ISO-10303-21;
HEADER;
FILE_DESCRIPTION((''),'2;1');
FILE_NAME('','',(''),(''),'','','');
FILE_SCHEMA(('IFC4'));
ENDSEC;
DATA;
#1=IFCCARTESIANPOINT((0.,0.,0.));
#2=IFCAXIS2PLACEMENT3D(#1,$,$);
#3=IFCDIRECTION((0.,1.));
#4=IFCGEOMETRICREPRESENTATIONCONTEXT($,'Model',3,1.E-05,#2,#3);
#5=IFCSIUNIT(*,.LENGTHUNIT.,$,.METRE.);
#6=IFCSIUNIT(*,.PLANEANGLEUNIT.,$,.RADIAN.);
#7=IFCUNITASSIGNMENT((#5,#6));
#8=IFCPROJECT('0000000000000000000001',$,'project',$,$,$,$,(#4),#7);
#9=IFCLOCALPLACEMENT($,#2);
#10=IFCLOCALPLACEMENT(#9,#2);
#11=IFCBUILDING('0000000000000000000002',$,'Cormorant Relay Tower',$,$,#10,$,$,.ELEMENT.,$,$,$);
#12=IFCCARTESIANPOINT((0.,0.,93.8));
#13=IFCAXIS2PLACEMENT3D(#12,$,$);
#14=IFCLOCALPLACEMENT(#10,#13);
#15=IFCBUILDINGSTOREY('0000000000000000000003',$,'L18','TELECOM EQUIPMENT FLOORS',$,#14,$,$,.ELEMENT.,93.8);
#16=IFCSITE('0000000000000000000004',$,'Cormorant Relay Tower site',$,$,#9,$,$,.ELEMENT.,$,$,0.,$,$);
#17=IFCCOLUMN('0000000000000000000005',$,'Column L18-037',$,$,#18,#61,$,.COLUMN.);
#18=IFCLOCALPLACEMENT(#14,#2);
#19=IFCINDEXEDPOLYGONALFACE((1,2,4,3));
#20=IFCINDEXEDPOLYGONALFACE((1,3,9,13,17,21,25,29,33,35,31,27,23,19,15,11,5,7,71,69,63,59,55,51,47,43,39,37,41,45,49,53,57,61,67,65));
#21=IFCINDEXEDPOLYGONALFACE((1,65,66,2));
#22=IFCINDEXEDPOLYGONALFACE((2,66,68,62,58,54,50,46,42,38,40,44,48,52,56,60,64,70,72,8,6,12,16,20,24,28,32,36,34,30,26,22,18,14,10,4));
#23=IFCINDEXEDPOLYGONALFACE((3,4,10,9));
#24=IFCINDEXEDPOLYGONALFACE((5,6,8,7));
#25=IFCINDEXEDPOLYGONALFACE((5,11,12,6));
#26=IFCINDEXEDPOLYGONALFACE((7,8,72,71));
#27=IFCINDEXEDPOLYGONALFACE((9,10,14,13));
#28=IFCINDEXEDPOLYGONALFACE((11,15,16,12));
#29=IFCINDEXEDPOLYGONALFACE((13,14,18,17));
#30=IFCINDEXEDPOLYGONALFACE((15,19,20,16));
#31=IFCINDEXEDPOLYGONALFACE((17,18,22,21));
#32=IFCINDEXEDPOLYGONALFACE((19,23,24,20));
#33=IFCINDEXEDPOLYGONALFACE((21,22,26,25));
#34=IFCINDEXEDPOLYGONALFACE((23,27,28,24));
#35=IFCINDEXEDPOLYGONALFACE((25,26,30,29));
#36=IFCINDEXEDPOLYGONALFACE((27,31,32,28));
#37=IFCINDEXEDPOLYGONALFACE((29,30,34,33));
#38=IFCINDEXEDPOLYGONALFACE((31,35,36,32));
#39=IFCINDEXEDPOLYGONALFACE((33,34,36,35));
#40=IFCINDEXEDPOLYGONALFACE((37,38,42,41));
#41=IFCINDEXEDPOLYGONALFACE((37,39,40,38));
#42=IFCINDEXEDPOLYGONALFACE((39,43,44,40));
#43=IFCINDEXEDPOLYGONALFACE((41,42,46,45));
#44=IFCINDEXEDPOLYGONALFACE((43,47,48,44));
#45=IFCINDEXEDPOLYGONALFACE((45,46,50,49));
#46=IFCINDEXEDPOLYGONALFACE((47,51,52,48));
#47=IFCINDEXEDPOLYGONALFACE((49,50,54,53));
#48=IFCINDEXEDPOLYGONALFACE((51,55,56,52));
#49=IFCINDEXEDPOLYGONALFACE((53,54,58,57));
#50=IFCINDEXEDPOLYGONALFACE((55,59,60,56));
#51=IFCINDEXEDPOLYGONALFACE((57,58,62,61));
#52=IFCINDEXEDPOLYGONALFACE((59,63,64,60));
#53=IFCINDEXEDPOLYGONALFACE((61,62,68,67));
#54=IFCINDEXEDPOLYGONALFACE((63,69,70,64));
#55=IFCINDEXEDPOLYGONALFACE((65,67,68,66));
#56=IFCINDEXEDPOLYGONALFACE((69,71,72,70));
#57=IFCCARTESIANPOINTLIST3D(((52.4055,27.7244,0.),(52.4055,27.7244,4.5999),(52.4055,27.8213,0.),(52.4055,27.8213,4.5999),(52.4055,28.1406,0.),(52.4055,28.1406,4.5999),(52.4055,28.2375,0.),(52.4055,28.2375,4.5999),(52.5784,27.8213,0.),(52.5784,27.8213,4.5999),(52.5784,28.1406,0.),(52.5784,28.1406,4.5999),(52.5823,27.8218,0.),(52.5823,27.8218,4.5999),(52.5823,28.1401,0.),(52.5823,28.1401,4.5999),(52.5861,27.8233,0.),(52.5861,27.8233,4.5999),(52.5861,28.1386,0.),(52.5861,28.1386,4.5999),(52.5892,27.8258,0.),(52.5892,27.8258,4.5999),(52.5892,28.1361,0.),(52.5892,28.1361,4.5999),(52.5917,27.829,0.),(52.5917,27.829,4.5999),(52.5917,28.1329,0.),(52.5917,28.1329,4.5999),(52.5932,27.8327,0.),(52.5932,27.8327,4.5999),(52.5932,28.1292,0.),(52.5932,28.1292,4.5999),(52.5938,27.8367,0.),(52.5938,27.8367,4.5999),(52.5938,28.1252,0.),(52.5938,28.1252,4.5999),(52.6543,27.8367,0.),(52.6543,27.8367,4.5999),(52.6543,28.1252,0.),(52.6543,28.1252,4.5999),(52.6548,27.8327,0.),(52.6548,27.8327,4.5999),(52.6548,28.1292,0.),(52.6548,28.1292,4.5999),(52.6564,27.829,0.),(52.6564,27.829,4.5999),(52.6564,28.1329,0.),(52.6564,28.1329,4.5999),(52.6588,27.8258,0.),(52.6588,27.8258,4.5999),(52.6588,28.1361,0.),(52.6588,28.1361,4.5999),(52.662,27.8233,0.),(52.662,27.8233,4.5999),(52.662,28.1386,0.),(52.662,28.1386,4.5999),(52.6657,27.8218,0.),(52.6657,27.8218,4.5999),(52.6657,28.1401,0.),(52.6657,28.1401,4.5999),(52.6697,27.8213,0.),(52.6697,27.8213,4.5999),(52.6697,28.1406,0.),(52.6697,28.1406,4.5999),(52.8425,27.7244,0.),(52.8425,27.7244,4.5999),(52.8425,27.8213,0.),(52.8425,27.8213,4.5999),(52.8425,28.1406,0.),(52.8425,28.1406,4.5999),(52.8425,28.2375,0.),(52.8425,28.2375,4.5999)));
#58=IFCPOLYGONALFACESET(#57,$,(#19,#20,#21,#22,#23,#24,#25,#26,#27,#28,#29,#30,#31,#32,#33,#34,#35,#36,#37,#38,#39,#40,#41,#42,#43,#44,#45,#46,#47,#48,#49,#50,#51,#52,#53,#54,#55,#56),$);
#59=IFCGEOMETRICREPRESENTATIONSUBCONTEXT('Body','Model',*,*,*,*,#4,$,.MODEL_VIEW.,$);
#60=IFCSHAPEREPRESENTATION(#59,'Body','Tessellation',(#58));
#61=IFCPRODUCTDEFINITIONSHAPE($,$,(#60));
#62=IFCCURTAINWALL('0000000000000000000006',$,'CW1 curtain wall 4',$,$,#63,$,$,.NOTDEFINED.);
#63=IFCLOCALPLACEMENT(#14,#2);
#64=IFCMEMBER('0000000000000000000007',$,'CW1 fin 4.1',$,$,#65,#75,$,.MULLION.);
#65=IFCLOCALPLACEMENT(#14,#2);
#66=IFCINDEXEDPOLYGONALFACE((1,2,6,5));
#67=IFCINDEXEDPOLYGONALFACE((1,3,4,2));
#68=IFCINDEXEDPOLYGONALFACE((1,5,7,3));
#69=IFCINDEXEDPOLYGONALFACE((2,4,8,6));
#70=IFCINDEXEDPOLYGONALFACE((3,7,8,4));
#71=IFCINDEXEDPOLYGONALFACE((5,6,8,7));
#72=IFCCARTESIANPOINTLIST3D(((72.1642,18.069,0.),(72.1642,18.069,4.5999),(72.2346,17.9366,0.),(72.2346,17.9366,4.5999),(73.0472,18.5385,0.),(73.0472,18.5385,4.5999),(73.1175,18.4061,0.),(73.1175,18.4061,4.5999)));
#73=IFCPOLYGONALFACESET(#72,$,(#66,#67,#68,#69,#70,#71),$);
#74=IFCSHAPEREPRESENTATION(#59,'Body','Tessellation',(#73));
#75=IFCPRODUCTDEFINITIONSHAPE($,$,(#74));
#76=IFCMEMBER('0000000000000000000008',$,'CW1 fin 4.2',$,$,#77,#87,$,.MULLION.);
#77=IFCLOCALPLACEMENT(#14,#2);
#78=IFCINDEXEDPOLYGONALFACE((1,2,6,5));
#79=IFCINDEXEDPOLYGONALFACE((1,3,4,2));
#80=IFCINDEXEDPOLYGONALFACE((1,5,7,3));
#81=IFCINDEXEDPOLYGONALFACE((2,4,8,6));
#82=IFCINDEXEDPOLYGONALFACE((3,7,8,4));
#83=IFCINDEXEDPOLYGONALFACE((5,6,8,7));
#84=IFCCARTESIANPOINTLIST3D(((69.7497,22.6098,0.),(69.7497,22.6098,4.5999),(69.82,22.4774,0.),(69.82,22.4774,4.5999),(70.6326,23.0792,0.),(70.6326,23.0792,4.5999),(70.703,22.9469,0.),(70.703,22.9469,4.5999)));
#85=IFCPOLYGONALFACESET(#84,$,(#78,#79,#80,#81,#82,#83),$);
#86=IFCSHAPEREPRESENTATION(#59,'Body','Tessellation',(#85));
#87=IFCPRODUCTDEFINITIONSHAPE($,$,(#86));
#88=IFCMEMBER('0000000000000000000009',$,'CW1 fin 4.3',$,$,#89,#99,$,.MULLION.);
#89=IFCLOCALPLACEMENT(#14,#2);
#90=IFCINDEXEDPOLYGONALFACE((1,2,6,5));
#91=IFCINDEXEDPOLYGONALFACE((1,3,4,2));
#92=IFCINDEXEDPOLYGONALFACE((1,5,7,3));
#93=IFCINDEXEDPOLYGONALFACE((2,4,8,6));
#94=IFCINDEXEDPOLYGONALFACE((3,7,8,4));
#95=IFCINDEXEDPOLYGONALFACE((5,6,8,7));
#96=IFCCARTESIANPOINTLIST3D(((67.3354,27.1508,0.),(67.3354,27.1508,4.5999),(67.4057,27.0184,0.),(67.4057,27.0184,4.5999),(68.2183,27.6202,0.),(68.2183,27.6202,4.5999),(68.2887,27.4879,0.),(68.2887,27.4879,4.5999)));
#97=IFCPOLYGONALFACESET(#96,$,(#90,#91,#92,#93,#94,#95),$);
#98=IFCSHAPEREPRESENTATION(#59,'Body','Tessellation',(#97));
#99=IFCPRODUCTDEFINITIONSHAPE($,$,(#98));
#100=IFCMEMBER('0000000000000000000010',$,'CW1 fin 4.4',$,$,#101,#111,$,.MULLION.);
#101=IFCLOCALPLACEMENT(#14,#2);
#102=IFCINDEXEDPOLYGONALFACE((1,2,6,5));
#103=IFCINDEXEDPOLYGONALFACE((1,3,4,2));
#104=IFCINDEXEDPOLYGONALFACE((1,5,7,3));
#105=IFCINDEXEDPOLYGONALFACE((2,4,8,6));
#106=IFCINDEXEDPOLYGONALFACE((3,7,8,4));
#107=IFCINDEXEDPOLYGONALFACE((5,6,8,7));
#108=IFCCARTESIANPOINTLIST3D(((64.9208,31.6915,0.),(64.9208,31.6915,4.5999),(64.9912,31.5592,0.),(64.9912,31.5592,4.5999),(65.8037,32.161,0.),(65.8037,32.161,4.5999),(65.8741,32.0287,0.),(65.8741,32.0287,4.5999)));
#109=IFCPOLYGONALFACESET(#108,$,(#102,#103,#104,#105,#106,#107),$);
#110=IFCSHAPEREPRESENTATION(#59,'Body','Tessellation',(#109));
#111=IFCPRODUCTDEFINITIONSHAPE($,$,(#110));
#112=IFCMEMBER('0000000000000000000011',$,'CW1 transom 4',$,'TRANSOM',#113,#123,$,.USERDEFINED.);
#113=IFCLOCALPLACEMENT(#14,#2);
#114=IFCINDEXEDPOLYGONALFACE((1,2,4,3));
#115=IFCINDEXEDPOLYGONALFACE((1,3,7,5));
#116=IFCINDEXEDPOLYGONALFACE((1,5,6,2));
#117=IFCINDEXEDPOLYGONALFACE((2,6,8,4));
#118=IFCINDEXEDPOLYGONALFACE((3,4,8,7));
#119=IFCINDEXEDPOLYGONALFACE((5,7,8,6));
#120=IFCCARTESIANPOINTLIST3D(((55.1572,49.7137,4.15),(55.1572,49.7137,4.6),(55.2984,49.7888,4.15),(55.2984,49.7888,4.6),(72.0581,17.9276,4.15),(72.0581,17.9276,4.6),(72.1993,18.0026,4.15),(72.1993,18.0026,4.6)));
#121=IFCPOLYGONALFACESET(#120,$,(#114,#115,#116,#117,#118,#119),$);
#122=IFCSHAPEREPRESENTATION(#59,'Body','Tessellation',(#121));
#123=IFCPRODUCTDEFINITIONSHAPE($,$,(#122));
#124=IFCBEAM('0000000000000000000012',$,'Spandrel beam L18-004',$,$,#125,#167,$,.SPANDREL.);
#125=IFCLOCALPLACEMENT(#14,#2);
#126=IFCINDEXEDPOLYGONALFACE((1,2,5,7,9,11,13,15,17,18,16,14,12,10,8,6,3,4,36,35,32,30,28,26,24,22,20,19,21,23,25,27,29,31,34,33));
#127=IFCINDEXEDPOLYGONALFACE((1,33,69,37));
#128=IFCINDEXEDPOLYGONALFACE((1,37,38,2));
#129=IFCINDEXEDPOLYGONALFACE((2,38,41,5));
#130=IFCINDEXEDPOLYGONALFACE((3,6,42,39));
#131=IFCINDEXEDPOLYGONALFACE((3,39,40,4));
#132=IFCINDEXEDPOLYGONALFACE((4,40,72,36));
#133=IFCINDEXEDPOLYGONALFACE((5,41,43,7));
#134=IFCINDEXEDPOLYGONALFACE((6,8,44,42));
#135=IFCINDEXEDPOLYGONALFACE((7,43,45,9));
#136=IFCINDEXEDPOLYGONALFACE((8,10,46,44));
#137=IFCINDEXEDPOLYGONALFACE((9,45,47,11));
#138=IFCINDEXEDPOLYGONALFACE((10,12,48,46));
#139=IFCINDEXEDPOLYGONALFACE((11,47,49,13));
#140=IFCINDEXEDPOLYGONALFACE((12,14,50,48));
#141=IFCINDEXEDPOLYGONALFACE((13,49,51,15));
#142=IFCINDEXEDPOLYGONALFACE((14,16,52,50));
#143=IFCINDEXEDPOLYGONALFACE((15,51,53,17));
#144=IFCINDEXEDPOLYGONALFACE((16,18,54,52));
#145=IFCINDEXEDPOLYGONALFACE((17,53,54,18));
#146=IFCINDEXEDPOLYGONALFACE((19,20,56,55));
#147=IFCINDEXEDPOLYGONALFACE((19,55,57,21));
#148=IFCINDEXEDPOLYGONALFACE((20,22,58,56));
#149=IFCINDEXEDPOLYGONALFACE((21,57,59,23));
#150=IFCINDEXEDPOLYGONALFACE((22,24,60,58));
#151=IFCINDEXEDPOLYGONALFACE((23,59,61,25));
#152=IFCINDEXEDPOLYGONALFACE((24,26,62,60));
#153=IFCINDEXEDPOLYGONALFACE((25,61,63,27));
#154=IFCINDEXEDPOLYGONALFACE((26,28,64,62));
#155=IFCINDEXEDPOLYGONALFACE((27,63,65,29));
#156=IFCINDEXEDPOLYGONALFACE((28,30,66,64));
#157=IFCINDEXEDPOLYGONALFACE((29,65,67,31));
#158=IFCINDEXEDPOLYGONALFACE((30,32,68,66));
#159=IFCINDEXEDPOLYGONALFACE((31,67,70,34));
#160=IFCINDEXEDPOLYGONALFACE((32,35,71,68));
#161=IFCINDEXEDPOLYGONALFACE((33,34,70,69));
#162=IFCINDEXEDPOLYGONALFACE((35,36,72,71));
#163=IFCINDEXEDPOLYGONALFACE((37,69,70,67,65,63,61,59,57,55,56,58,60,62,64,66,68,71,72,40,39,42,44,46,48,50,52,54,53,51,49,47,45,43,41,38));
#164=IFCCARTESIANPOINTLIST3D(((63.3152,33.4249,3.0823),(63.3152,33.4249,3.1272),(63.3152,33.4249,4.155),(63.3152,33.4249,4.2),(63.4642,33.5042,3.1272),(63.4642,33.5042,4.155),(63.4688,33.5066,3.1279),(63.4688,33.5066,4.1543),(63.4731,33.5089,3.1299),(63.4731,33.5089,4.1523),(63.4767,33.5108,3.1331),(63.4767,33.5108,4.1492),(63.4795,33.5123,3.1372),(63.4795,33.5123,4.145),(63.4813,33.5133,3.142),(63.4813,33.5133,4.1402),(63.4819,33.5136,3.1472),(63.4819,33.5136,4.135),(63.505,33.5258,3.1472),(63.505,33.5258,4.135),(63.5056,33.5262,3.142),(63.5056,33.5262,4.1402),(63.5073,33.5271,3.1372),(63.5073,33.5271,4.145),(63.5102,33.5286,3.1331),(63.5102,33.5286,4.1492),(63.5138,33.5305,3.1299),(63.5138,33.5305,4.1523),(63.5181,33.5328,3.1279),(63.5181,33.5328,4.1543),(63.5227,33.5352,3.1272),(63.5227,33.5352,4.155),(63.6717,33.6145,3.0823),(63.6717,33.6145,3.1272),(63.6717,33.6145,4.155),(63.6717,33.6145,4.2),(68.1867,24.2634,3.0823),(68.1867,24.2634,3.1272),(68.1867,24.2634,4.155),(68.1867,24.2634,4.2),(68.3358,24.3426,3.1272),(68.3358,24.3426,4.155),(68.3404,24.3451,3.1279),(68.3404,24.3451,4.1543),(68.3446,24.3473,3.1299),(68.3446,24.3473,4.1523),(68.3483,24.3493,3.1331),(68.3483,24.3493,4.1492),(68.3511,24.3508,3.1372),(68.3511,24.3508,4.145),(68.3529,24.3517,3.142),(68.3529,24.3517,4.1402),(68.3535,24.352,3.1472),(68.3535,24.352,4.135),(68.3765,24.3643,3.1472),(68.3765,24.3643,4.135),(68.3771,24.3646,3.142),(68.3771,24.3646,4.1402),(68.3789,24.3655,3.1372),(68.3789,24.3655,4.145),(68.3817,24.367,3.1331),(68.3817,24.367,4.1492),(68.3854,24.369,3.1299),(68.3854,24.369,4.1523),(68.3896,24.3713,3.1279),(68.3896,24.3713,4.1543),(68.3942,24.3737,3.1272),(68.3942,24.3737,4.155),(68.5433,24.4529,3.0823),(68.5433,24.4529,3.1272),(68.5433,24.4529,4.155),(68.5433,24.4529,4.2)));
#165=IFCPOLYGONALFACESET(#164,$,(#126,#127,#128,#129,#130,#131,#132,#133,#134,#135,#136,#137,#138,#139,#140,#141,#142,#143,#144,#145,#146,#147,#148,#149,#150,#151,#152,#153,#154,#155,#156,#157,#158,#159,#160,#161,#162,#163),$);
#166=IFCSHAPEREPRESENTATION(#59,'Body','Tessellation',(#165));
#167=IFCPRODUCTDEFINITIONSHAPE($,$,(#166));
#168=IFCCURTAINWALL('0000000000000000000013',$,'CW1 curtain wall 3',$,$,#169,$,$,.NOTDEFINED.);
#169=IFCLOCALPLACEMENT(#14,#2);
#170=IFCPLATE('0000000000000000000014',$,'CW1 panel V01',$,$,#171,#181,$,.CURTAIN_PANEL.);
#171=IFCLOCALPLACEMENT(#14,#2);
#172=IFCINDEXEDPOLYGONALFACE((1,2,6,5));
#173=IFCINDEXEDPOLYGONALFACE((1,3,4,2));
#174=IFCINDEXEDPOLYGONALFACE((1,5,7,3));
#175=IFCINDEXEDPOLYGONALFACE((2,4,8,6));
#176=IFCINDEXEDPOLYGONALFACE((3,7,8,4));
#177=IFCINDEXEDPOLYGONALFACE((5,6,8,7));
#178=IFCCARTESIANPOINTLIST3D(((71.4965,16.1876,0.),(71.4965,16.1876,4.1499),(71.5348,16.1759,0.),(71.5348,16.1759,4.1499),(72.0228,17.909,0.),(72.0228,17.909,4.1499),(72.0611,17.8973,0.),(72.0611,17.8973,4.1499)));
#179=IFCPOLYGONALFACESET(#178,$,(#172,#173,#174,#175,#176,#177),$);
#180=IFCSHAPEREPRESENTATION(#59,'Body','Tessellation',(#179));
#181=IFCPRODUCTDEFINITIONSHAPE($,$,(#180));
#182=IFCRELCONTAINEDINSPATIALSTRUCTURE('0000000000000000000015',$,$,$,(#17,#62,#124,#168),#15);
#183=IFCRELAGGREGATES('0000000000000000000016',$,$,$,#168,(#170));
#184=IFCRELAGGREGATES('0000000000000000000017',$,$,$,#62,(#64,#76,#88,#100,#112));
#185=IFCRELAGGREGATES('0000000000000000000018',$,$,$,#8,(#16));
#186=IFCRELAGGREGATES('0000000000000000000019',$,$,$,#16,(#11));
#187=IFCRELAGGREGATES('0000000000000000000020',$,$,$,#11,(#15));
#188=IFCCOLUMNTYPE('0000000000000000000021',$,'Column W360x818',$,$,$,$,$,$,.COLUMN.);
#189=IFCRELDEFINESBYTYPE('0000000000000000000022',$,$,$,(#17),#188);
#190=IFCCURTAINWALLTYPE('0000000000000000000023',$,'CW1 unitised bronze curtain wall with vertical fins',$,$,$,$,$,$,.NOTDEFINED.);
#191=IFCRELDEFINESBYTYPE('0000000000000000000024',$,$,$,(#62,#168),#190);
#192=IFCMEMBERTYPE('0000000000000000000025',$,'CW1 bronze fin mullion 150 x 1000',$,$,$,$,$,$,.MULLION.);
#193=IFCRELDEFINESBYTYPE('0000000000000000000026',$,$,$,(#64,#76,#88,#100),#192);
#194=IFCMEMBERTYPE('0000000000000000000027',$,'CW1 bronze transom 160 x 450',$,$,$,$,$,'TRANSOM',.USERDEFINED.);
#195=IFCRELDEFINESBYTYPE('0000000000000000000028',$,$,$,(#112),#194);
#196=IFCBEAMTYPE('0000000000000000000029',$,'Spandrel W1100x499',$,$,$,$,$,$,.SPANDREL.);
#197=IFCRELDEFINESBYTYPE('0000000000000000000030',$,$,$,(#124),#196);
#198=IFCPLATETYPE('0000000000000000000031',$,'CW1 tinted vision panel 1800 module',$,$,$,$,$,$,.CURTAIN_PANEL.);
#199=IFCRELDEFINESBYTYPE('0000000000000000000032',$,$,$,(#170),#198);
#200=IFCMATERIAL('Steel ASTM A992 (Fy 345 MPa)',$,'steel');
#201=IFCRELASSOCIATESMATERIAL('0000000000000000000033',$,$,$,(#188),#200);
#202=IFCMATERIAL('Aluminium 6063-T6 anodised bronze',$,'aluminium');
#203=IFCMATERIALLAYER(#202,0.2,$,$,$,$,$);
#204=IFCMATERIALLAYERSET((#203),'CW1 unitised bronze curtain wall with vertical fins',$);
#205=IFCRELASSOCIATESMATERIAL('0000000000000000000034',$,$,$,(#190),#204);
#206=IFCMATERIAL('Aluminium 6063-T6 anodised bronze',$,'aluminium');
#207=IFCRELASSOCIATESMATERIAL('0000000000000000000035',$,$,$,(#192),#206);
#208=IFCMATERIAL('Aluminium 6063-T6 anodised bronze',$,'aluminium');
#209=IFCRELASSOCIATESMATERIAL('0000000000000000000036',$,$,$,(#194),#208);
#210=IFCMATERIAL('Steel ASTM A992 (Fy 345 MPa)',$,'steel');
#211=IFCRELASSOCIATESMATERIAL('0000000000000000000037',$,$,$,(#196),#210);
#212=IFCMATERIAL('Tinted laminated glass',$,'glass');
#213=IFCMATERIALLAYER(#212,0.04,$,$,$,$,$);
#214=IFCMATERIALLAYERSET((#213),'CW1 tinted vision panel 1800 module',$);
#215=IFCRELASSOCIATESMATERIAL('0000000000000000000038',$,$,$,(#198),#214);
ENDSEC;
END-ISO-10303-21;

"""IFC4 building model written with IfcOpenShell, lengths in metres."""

from ifc_helpers import new_model, si_unit, direction, frame, origin, origin_2d, place, context, subcontext, project, spatial, rectangle, i_section, extrude, material, layer, layer_set, material_profile, profile_set, type_object, element, aggregate, save


model = new_model("IFC4")

# Units and contexts
model_context = context("Model", 3, precision=1e-05, world=origin(), true_north=direction((0.0, 1.0)))
body_context = subcontext(model_context, "Body", "Model", "MODEL_VIEW")
ifc_project = project(units=[si_unit("LENGTHUNIT", "METRE"), si_unit("PLANEANGLEUNIT", "RADIAN")], contexts=[model_context])

# Site, building, storey
site_placement = place(None, origin())
site = spatial("IfcSite", under=ifc_project, at=site_placement, Name="Cormorant Relay Tower site", CompositionType="ELEMENT", RefElevation=0.0)
building_placement = place(site_placement, origin())
building = spatial("IfcBuilding", under=site, at=building_placement, Name="Cormorant Relay Tower", CompositionType="ELEMENT")
storey_placement = place(building_placement, frame((0.0, 0.0, 93.8)))
storey = spatial("IfcBuildingStorey", under=building, at=storey_placement, Name="L18", Description="TELECOM EQUIPMENT FLOORS", CompositionType="ELEMENT", Elevation=93.8)

# Column
ifc_material_1 = material(Name="Steel ASTM A992 (Fy 345 MPa)", Category="steel")
ifc_material_profile_1 = material_profile(ifc_material_1, i_section(OverallWidth=0.437, OverallDepth=0.5132, WebThickness=0.0605, FlangeThickness=0.0969, FilletRadius=0.0154, at=origin_2d()), Name="W360x818")
ifc_profile_set_1 = profile_set([ifc_material_profile_1], Name="Steel ASTM A992 (Fy 345 MPa)")
column_type_1 = type_object("IfcColumnType", Name="Column W360x818", PredefinedType="COLUMN", material=ifc_profile_set_1)
for number, where, z_axis, x_axis, name in (
    (1, (52.624, 27.981, 0.0), (0.0, 0.0, 1.0), (1.0, 0.0, 0.0), "Column L18-037"),
):
    element("IfcColumn", number, at=place(storey_placement, frame(where, z_axis=z_axis, x_axis=x_axis)), inside=storey, type_object=column_type_1, Name=name, PredefinedType="COLUMN", context=body_context, shape_type="SweptSolid", body=[
        extrude(i_section(OverallWidth=0.437, OverallDepth=0.5132, WebThickness=0.0605, FlangeThickness=0.0969, FilletRadius=0.0154, at=origin_2d()), origin(), (0.0, 0.0, 1.0), 4.5999),
    ])

# Curtain wall, members
ifc_material_2 = material(Name="Aluminium 6063-T6 anodised bronze", Category="aluminium")
ifc_layer_1 = layer(ifc_material_2, 0.2)
ifc_layer_set_1 = layer_set([ifc_layer_1], Name="CW1 unitised bronze curtain wall with vertical fins")
curtain_wall_type = type_object("IfcCurtainWallType", Name="CW1 unitised bronze curtain wall with vertical fins", PredefinedType="NOTDEFINED", material=ifc_layer_set_1)
curtain_wall_1_placement = place(storey_placement, origin())
curtain_wall_1 = element("IfcCurtainWall", 2, at=curtain_wall_1_placement, inside=storey, type_object=curtain_wall_type, Name="CW1 curtain wall 4", PredefinedType="NOTDEFINED")
ifc_material_3 = material(Name="Aluminium 6063-T6 anodised bronze", Category="aluminium")
ifc_material_profile_2 = material_profile(ifc_material_3, rectangle(XDim=0.1499, YDim=1.0, at=origin_2d()), Name="AL 150x1000")
ifc_profile_set_2 = profile_set([ifc_material_profile_2], Name="Aluminium 6063-T6 anodised bronze")
member_type_1 = type_object("IfcMemberType", Name="CW1 bronze fin mullion 150 x 1000", PredefinedType="MULLION", material=ifc_profile_set_2)
member_1_placement = place(storey_placement, frame((72.6409, 18.2375, 0.0), z_axis=(0.0, 0.0, 1.0), x_axis=(-0.469472, 0.882948, 0.0)))
member_1 = element("IfcMember", 3, at=member_1_placement, type_object=member_type_1, Name="CW1 fin 4.1", PredefinedType="MULLION", context=body_context, shape_type="SweptSolid", body=[
    extrude(rectangle(XDim=0.1499, YDim=1.0, at=origin_2d()), origin(), (0.0, 0.0, 1.0), 4.5999),
])
member_2_placement = place(storey_placement, frame((70.2263, 22.7783, 0.0), z_axis=(0.0, 0.0, 1.0), x_axis=(-0.469472, 0.882948, 0.0)))
member_2 = element("IfcMember", 4, at=member_2_placement, type_object=member_type_1, Name="CW1 fin 4.2", PredefinedType="MULLION", context=body_context, shape_type="SweptSolid", body=[
    extrude(rectangle(XDim=0.1499, YDim=1.0, at=origin_2d()), origin(), (0.0, 0.0, 1.0), 4.5999),
])
member_3_placement = place(storey_placement, frame((67.812, 27.3193, 0.0), z_axis=(0.0, 0.0, 1.0), x_axis=(-0.469472, 0.882948, 0.0)))
member_3 = element("IfcMember", 5, at=member_3_placement, type_object=member_type_1, Name="CW1 fin 4.3", PredefinedType="MULLION", context=body_context, shape_type="SweptSolid", body=[
    extrude(rectangle(XDim=0.1499, YDim=1.0, at=origin_2d()), origin(), (0.0, 0.0, 1.0), 4.5999),
])
member_4_placement = place(storey_placement, frame((65.3975, 31.8601, 0.0), z_axis=(0.0, 0.0, 1.0), x_axis=(-0.469472, 0.882948, 0.0)))
member_4 = element("IfcMember", 6, at=member_4_placement, type_object=member_type_1, Name="CW1 fin 4.4", PredefinedType="MULLION", context=body_context, shape_type="SweptSolid", body=[
    extrude(rectangle(XDim=0.1499, YDim=1.0, at=origin_2d()), origin(), (0.0, 0.0, 1.0), 4.5999),
])
ifc_material_4 = material(Name="Aluminium 6063-T6 anodised bronze", Category="aluminium")
ifc_material_profile_3 = material_profile(ifc_material_4, rectangle(XDim=0.1599, YDim=0.45, at=origin_2d()), Name="AL 160x450")
ifc_profile_set_3 = profile_set([ifc_material_profile_3], Name="Aluminium 6063-T6 anodised bronze")
member_type_2 = type_object("IfcMemberType", Name="CW1 bronze transom 160 x 450", ElementType="TRANSOM", PredefinedType="USERDEFINED", material=ifc_profile_set_3)
member_5_placement = place(storey_placement, frame((72.1287, 17.9651, 4.375), z_axis=(-0.469469, 0.882949, 0.0), x_axis=(-0.882949, -0.469469, 0.0)))
member_5 = element("IfcMember", 7, at=member_5_placement, type_object=member_type_2, Name="CW1 transom 4", ObjectType="TRANSOM", PredefinedType="USERDEFINED", context=body_context, shape_type="SweptSolid", body=[
    extrude(rectangle(XDim=0.1599, YDim=0.45, at=origin_2d()), origin(), (0.0, 0.0, 1.0), 36.0),
])

# Beam
ifc_material_5 = material(Name="Steel ASTM A992 (Fy 345 MPa)", Category="steel")
ifc_material_profile_4 = material_profile(ifc_material_5, i_section(OverallWidth=0.4038, OverallDepth=1.1177, WebThickness=0.0261, FlangeThickness=0.0449, FilletRadius=0.02, at=origin_2d()), Name="W1100x499")
ifc_profile_set_4 = profile_set([ifc_material_profile_4], Name="Steel ASTM A992 (Fy 345 MPa)")
beam_type = type_object("IfcBeamType", Name="Spandrel W1100x499", PredefinedType="SPANDREL", material=ifc_profile_set_4)
beam_placement = place(storey_placement, frame((68.365, 24.3582, 3.6411), z_axis=(-0.469491, 0.882937, 0.0), x_axis=(-0.882937, -0.469491, 0.0)))
element("IfcBeam", 8, at=beam_placement, inside=storey, type_object=beam_type, Name="Spandrel beam L18-004", PredefinedType="SPANDREL", context=body_context, shape_type="SweptSolid", body=[
    extrude(i_section(OverallWidth=0.4038, OverallDepth=1.1177, WebThickness=0.0261, FlangeThickness=0.0449, FilletRadius=0.02, at=origin_2d()), origin(), (0.0, 0.0, 1.0), 10.3762),
])

# Curtain wall, plate
curtain_wall_2_placement = place(storey_placement, origin())
curtain_wall_2 = element("IfcCurtainWall", 9, at=curtain_wall_2_placement, inside=storey, type_object=curtain_wall_type, Name="CW1 curtain wall 3", PredefinedType="NOTDEFINED")
ifc_material_6 = material(Name="Tinted laminated glass", Category="glass")
ifc_layer_2 = layer(ifc_material_6, 0.04)
ifc_layer_set_2 = layer_set([ifc_layer_2], Name="CW1 tinted vision panel 1800 module")
plate_type_1 = type_object("IfcPlateType", Name="CW1 tinted vision panel 1800 module", PredefinedType="CURTAIN_PANEL", material=ifc_layer_set_2)
plate_1_placement = place(storey_placement, frame((71.7788, 17.0425, 0.0), z_axis=(0.0, 0.0, 1.0), x_axis=(0.292372, 0.956305, 0.0)))
plate_1 = element("IfcPlate", 10, at=plate_1_placement, type_object=plate_type_1, Name="CW1 panel V01", PredefinedType="CURTAIN_PANEL", context=body_context, shape_type="SweptSolid", body=[
    extrude(rectangle(XDim=1.8, YDim=0.04, at=origin_2d()), origin(), (0.0, 0.0, 1.0), 4.1499),
])
aggregate(curtain_wall_2, [plate_1])

aggregate(curtain_wall_1, [member_1, member_2, member_3, member_4, member_5])

save(model, "model.ifc")
